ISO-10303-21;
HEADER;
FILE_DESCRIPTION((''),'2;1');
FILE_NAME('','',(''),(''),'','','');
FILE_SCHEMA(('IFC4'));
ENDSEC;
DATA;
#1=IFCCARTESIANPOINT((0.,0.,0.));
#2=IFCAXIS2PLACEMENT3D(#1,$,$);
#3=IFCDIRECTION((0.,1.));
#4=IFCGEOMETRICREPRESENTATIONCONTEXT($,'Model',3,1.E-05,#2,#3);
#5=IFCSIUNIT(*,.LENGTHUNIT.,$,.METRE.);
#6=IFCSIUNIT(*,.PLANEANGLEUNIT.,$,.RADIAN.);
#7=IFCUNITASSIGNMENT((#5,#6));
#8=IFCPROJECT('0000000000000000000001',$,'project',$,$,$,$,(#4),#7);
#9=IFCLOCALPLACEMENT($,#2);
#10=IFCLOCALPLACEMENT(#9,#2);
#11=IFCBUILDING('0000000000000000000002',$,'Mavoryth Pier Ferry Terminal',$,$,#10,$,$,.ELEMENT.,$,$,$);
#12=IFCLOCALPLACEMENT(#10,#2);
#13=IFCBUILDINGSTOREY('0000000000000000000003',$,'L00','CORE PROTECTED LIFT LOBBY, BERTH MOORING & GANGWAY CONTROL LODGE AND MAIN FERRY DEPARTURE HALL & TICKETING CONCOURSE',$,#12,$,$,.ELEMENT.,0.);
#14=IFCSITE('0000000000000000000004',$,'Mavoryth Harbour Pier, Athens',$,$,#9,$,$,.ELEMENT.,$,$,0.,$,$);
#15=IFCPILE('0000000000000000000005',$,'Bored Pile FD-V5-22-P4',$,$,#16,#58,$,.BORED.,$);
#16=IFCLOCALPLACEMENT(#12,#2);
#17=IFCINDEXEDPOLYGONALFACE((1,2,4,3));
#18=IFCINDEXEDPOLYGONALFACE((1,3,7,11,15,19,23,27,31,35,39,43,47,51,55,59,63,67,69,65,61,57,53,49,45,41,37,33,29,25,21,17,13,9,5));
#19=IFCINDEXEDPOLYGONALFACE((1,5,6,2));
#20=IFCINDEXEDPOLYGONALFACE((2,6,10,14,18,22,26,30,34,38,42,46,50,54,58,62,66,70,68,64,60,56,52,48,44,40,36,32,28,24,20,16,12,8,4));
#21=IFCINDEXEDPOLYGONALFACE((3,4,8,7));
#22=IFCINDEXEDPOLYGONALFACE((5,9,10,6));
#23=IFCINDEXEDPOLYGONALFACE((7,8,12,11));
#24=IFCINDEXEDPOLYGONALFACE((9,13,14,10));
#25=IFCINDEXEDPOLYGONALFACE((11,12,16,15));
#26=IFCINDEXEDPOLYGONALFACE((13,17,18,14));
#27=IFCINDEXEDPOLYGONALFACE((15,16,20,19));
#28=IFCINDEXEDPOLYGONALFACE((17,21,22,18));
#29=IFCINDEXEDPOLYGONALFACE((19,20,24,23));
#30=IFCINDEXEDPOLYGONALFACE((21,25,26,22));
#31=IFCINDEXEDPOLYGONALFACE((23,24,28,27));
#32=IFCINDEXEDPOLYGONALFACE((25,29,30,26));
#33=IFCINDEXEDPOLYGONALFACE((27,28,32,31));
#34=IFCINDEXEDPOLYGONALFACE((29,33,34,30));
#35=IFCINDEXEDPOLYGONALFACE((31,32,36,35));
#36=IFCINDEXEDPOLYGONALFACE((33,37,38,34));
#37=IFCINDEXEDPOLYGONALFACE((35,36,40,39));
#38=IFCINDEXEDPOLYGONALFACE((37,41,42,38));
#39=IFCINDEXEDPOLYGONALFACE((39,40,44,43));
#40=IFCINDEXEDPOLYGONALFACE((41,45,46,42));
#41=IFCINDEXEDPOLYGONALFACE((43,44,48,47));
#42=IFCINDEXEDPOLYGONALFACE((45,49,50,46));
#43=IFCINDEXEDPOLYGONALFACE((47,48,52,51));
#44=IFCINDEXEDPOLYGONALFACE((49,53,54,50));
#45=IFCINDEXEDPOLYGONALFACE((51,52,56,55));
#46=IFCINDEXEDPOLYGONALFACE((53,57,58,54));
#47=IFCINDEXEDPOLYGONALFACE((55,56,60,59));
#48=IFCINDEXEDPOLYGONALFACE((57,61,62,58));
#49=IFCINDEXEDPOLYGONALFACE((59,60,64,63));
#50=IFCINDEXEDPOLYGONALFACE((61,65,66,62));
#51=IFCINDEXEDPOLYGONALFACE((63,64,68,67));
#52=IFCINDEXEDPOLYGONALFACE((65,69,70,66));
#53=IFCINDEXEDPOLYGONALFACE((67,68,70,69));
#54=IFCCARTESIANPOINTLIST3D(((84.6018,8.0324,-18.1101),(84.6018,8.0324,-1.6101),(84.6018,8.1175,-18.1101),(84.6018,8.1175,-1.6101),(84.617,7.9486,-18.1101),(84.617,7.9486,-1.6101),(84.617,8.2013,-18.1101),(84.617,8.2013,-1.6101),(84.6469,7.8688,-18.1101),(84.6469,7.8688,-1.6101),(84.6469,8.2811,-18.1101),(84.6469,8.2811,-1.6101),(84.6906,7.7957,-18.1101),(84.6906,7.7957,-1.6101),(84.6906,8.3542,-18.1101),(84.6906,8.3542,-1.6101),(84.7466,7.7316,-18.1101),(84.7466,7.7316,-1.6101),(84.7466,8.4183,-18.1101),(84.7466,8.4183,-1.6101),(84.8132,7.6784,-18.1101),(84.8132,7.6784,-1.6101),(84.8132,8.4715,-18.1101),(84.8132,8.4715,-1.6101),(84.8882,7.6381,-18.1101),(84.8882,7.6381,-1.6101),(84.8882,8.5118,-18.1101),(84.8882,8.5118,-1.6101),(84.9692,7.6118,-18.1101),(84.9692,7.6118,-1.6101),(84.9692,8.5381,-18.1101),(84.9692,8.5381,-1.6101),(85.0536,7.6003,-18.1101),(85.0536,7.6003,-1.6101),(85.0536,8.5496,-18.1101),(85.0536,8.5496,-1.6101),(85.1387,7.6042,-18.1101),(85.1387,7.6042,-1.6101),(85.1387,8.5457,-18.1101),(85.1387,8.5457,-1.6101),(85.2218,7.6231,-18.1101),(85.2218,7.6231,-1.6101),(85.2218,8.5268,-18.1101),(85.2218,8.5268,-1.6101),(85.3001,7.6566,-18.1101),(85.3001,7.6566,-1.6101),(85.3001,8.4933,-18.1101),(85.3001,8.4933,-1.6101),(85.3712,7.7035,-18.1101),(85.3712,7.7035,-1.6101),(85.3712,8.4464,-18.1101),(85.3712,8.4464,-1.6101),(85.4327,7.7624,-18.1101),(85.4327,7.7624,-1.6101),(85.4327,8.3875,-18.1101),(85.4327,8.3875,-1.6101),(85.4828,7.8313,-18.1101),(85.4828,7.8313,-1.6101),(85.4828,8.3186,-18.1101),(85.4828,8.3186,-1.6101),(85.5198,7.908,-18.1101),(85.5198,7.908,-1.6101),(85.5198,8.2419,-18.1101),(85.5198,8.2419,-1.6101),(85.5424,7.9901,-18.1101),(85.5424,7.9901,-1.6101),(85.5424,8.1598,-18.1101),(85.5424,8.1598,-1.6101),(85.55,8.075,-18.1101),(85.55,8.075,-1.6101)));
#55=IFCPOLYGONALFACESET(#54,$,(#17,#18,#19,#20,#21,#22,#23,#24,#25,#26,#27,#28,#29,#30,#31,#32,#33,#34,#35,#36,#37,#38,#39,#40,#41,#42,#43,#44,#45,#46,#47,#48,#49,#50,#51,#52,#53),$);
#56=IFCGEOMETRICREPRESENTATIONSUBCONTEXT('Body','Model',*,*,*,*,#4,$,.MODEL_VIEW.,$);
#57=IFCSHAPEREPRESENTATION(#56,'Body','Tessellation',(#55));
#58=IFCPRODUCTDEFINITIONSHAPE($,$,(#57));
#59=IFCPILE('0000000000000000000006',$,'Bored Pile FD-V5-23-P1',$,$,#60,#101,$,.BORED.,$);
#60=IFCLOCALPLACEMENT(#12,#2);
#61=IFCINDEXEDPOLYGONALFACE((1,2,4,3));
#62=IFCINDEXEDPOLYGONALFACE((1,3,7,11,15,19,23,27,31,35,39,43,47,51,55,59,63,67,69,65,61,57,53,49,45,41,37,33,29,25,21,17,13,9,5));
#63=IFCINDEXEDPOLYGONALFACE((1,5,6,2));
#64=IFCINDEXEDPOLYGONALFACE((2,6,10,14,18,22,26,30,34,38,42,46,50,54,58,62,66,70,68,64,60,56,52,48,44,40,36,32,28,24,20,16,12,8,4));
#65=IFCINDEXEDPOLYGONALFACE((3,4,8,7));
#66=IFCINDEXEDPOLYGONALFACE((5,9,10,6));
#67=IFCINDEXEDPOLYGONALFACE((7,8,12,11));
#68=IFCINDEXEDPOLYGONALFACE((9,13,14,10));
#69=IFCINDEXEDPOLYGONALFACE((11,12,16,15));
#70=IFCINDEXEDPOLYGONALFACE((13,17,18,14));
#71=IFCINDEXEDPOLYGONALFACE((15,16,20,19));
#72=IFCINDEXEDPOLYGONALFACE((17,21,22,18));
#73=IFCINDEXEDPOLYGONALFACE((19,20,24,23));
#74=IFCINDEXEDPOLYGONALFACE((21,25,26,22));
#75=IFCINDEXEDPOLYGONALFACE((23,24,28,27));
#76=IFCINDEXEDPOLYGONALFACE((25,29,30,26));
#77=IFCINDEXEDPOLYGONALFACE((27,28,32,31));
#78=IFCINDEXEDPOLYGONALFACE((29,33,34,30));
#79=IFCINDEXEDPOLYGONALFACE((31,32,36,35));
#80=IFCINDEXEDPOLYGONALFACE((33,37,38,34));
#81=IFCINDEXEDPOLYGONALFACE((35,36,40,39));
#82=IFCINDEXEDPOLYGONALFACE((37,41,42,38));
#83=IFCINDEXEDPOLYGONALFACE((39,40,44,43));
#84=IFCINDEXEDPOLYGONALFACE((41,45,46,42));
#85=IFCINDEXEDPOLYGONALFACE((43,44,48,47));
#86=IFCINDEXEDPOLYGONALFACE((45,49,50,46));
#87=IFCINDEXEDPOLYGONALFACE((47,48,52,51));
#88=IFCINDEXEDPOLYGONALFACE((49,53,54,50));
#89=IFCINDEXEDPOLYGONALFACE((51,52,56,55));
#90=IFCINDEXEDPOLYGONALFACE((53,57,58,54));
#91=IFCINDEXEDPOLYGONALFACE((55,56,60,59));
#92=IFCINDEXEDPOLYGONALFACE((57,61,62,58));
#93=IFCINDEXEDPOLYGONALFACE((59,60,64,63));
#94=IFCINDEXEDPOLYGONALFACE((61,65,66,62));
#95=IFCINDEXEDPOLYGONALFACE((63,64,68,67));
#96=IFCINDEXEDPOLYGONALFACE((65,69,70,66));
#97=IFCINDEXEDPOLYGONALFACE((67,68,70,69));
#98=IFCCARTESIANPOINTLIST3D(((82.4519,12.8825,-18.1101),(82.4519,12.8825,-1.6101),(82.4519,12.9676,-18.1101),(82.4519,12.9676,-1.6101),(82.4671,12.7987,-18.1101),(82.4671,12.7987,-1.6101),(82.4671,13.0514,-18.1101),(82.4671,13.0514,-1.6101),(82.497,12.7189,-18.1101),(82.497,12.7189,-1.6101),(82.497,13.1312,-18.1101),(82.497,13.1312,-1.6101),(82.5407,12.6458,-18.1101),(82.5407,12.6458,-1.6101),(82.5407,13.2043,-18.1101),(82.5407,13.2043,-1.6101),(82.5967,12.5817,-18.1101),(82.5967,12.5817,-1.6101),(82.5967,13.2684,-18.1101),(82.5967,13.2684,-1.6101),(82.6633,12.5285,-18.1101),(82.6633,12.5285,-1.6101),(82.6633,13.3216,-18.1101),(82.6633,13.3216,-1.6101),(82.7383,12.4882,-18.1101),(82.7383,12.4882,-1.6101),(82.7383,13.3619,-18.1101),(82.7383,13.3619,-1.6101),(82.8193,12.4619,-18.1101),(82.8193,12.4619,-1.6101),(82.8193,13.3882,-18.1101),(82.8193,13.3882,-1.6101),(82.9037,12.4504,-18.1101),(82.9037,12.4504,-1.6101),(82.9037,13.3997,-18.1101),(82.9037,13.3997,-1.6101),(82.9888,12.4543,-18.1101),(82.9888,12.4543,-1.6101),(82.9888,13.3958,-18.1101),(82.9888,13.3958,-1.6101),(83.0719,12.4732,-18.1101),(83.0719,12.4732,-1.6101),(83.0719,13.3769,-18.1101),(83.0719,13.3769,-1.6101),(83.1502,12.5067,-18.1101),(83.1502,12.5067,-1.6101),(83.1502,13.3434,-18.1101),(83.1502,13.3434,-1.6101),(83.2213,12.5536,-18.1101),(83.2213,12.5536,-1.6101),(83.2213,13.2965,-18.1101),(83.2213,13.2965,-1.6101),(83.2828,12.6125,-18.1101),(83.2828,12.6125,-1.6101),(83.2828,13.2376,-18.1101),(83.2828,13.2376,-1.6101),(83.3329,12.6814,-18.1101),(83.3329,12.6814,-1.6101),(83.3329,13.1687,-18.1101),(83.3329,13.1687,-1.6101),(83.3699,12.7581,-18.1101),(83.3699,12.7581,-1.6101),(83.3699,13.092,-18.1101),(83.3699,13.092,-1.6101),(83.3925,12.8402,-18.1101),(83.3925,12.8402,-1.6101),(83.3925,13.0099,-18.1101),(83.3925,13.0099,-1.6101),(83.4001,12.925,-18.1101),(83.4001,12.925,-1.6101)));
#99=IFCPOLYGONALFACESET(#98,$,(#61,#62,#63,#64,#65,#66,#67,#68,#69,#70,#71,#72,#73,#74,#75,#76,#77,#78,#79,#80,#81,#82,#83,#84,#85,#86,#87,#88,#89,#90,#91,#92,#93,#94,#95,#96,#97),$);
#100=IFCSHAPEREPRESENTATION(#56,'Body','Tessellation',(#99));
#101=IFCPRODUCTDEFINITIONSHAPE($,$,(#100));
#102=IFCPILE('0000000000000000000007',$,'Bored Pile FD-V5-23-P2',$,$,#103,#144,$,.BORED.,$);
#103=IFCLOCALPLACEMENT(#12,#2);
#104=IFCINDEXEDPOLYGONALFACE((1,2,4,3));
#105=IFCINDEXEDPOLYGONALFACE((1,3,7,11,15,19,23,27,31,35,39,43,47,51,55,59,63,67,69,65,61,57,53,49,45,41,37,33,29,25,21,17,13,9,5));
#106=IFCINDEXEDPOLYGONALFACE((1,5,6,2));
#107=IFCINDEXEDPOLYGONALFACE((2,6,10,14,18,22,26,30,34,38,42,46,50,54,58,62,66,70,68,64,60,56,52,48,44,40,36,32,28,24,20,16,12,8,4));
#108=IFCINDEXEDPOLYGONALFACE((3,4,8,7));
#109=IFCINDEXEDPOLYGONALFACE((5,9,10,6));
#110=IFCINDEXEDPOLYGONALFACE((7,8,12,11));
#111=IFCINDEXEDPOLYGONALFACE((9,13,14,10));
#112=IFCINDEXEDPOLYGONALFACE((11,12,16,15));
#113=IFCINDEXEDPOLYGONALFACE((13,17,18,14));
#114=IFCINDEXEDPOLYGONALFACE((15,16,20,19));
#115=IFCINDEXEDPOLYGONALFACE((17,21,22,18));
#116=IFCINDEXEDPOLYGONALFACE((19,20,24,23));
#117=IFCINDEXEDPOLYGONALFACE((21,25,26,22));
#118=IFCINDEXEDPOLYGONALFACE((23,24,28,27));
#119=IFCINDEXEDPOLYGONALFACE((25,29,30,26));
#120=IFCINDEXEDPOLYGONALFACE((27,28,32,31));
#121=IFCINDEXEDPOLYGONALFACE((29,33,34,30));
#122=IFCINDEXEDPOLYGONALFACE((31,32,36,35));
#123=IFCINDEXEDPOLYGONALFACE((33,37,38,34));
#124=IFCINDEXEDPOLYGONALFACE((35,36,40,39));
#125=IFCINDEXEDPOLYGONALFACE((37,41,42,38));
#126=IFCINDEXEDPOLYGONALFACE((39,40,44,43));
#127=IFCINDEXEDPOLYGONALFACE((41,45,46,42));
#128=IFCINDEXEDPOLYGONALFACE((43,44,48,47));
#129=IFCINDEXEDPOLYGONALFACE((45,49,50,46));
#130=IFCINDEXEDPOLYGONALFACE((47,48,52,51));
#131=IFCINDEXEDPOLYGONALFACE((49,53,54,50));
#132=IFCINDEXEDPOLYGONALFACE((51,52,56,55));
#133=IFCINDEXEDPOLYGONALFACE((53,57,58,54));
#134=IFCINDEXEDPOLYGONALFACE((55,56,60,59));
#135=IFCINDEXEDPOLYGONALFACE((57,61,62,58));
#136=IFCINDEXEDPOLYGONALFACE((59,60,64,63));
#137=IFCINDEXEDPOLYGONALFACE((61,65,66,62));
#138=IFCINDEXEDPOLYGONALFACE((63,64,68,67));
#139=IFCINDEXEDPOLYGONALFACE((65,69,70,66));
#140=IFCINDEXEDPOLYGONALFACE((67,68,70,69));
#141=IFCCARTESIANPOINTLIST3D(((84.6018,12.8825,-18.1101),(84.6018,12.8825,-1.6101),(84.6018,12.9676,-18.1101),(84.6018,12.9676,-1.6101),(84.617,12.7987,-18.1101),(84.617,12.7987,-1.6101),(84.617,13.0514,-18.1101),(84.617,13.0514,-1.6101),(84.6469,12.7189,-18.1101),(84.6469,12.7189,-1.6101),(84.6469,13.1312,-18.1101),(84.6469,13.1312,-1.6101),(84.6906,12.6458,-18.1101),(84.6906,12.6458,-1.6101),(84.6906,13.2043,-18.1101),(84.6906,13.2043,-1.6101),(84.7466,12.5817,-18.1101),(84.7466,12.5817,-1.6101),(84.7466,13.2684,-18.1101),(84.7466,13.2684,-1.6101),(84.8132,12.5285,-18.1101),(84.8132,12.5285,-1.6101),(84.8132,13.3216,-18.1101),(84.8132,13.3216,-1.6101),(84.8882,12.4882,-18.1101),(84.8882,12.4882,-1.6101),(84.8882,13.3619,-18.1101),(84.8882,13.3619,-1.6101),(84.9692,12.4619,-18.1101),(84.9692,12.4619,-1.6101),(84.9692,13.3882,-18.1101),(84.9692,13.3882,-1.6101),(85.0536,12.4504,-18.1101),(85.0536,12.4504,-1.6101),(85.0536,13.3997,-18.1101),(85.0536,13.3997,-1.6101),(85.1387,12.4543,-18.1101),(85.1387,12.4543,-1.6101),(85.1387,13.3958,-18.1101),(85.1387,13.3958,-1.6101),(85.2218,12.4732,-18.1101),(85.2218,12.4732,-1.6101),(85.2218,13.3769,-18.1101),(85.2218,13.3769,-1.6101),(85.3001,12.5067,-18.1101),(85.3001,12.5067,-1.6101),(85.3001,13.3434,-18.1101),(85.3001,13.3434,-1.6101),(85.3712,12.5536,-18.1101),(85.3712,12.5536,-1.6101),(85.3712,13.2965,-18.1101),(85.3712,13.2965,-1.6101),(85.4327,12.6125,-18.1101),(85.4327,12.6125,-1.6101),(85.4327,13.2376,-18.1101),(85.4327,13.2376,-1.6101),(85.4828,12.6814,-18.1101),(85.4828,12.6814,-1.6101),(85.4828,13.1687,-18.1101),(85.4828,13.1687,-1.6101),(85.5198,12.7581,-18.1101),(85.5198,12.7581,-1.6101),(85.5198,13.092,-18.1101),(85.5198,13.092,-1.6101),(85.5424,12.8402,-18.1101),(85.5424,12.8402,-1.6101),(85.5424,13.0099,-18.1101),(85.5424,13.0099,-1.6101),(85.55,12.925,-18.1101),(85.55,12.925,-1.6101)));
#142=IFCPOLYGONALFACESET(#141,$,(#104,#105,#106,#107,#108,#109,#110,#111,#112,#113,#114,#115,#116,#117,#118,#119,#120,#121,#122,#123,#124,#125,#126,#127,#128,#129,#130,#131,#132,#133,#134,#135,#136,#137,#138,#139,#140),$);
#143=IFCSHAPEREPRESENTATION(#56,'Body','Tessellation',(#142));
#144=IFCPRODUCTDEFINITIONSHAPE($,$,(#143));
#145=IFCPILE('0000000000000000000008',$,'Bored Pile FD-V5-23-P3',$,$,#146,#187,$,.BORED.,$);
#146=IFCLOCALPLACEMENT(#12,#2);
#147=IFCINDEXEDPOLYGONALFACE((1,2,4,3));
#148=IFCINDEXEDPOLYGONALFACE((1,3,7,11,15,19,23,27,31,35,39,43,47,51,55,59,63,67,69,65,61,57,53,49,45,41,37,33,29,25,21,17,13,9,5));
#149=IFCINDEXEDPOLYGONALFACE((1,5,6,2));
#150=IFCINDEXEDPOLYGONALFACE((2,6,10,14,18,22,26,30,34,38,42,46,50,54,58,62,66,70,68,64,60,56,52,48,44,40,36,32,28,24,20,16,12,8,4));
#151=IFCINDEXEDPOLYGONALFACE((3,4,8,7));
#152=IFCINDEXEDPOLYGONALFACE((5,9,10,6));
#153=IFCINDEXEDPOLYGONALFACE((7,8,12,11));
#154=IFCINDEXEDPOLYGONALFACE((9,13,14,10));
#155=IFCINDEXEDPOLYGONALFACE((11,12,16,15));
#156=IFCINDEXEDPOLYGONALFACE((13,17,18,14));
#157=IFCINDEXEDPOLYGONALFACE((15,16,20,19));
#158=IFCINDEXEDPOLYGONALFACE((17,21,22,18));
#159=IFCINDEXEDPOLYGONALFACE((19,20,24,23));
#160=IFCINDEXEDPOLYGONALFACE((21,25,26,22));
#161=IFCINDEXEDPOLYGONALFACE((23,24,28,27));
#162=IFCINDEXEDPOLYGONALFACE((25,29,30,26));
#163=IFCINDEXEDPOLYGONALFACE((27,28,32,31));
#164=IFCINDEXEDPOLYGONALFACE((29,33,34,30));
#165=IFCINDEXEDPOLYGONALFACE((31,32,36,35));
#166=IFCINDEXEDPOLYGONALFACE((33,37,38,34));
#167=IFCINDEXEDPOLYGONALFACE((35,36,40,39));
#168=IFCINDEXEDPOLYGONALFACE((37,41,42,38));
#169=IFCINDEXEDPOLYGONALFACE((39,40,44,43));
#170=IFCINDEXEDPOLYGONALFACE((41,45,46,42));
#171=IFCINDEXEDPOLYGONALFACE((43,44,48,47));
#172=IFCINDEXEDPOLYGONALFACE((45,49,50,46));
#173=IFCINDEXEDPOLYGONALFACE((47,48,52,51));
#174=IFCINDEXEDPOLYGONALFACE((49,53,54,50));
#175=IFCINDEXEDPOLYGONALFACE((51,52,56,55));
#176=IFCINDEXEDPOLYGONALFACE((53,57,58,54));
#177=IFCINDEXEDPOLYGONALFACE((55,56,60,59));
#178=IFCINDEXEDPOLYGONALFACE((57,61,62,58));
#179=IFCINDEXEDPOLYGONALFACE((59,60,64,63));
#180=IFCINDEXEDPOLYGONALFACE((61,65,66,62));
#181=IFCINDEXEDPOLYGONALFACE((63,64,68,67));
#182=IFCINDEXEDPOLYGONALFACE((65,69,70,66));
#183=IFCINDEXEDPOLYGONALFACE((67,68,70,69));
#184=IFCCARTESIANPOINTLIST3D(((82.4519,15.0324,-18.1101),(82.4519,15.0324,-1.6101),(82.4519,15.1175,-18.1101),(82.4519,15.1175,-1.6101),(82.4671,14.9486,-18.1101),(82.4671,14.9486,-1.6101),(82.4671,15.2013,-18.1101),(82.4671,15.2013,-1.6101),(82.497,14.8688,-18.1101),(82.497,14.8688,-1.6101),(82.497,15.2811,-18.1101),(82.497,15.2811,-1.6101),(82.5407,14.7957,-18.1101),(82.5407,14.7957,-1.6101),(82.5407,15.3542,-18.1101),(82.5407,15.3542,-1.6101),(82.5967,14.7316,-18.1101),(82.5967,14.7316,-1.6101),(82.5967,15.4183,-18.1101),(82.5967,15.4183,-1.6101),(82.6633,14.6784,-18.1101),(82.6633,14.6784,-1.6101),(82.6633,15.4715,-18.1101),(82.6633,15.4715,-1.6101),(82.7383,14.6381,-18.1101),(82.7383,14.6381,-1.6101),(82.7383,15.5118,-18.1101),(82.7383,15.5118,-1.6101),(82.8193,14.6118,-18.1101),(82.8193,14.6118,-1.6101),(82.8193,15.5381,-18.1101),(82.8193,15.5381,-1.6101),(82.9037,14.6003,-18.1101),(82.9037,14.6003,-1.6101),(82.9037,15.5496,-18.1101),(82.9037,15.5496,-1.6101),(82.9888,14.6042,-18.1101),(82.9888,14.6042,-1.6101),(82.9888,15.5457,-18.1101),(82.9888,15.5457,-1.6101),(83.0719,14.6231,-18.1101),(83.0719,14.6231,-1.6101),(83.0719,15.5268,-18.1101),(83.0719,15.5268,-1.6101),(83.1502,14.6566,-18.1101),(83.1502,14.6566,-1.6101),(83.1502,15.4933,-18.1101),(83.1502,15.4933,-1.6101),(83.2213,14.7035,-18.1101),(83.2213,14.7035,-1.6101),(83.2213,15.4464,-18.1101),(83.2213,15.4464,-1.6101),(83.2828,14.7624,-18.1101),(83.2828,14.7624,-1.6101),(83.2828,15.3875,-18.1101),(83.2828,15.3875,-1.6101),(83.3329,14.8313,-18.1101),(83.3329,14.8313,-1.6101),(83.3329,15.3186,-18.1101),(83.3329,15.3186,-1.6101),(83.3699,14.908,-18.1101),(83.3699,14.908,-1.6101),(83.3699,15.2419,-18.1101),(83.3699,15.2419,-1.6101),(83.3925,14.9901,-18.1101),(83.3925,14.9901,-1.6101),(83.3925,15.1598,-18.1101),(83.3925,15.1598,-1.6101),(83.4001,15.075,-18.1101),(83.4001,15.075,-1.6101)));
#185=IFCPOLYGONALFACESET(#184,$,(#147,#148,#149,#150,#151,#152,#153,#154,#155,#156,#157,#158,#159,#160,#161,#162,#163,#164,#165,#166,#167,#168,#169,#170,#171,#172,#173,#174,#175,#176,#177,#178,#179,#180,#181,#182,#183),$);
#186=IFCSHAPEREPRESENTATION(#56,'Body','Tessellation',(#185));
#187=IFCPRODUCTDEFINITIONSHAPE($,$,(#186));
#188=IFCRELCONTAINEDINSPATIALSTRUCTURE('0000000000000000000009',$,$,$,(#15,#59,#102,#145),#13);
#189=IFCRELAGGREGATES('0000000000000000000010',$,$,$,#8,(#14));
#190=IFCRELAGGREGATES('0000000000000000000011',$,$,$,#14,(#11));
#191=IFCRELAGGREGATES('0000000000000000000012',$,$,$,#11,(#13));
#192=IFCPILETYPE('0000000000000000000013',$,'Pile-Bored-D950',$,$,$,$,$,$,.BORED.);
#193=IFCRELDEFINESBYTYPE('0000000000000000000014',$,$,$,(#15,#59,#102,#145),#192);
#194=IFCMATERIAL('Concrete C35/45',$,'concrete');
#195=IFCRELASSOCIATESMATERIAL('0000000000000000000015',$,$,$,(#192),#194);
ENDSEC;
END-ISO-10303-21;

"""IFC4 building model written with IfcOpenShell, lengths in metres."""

from ifc_helpers import new_model, si_unit, direction, frame, origin, origin_2d, place, context, subcontext, project, spatial, circle, extrude, material, material_profile, profile_set, type_object, element, save


model = new_model("IFC4")

# Units and contexts
model_context = context("Model", 3, precision=1e-05, world=origin(), true_north=direction((0.0, 1.0)))
body_context = subcontext(model_context, "Body", "Model", "MODEL_VIEW")
ifc_project = project(units=[si_unit("LENGTHUNIT", "METRE"), si_unit("PLANEANGLEUNIT", "RADIAN")], contexts=[model_context])

# Site, building, storey
site_placement = place(None, origin())
site = spatial("IfcSite", under=ifc_project, at=site_placement, Name="Mavoryth Harbour Pier, Athens", CompositionType="ELEMENT", RefElevation=0.0)
building_placement = place(site_placement, origin())
building = spatial("IfcBuilding", under=site, at=building_placement, Name="Mavoryth Pier Ferry Terminal", CompositionType="ELEMENT")
storey_placement = place(building_placement, origin())
storey = spatial("IfcBuildingStorey", under=building, at=storey_placement, Name="L00", Description="CORE PROTECTED LIFT LOBBY, BERTH MOORING & GANGWAY CONTROL LODGE AND MAIN FERRY DEPARTURE HALL & TICKETING CONCOURSE", CompositionType="ELEMENT", Elevation=0.0)

# Shared definitions
ifc_material_1 = material(Name="Concrete C35/45", Category="concrete")

# Piles
ifc_material_profile_1 = material_profile(ifc_material_1, circle(Radius=0.4751, at=origin_2d()), Name="PILE D950", Category="concrete")
ifc_profile_set_1 = profile_set([ifc_material_profile_1], Name="Concrete C35/45 - PILE D950")
pile_type_1 = type_object("IfcPileType", Name="Pile-Bored-D950", PredefinedType="BORED", material=ifc_profile_set_1)
for number, where, z_axis, x_axis, name in (
    (1, (85.075, 8.075, -1.6101), (0.0, 0.0, -1.0), (1.0, 0.0, 0.0), "Bored Pile FD-V5-22-P4"),
    (2, (82.925, 12.925, -1.6101), (0.0, 0.0, -1.0), (1.0, 0.0, 0.0), "Bored Pile FD-V5-23-P1"),
    (3, (85.075, 12.925, -1.6101), (0.0, 0.0, -1.0), (1.0, 0.0, 0.0), "Bored Pile FD-V5-23-P2"),
    (4, (82.925, 15.075, -1.6101), (0.0, 0.0, -1.0), (1.0, 0.0, 0.0), "Bored Pile FD-V5-23-P3"),
):
    element("IfcPile", number, at=place(storey_placement, frame(where, z_axis=z_axis, x_axis=x_axis)), inside=storey, type_object=pile_type_1, Name=name, PredefinedType="BORED", context=body_context, shape_type="SweptSolid", body=[
        extrude(circle(Radius=0.4751, at=origin_2d()), origin(), (0.0, 0.0, 1.0), 16.5),
    ])

save(model, "model.ifc")
